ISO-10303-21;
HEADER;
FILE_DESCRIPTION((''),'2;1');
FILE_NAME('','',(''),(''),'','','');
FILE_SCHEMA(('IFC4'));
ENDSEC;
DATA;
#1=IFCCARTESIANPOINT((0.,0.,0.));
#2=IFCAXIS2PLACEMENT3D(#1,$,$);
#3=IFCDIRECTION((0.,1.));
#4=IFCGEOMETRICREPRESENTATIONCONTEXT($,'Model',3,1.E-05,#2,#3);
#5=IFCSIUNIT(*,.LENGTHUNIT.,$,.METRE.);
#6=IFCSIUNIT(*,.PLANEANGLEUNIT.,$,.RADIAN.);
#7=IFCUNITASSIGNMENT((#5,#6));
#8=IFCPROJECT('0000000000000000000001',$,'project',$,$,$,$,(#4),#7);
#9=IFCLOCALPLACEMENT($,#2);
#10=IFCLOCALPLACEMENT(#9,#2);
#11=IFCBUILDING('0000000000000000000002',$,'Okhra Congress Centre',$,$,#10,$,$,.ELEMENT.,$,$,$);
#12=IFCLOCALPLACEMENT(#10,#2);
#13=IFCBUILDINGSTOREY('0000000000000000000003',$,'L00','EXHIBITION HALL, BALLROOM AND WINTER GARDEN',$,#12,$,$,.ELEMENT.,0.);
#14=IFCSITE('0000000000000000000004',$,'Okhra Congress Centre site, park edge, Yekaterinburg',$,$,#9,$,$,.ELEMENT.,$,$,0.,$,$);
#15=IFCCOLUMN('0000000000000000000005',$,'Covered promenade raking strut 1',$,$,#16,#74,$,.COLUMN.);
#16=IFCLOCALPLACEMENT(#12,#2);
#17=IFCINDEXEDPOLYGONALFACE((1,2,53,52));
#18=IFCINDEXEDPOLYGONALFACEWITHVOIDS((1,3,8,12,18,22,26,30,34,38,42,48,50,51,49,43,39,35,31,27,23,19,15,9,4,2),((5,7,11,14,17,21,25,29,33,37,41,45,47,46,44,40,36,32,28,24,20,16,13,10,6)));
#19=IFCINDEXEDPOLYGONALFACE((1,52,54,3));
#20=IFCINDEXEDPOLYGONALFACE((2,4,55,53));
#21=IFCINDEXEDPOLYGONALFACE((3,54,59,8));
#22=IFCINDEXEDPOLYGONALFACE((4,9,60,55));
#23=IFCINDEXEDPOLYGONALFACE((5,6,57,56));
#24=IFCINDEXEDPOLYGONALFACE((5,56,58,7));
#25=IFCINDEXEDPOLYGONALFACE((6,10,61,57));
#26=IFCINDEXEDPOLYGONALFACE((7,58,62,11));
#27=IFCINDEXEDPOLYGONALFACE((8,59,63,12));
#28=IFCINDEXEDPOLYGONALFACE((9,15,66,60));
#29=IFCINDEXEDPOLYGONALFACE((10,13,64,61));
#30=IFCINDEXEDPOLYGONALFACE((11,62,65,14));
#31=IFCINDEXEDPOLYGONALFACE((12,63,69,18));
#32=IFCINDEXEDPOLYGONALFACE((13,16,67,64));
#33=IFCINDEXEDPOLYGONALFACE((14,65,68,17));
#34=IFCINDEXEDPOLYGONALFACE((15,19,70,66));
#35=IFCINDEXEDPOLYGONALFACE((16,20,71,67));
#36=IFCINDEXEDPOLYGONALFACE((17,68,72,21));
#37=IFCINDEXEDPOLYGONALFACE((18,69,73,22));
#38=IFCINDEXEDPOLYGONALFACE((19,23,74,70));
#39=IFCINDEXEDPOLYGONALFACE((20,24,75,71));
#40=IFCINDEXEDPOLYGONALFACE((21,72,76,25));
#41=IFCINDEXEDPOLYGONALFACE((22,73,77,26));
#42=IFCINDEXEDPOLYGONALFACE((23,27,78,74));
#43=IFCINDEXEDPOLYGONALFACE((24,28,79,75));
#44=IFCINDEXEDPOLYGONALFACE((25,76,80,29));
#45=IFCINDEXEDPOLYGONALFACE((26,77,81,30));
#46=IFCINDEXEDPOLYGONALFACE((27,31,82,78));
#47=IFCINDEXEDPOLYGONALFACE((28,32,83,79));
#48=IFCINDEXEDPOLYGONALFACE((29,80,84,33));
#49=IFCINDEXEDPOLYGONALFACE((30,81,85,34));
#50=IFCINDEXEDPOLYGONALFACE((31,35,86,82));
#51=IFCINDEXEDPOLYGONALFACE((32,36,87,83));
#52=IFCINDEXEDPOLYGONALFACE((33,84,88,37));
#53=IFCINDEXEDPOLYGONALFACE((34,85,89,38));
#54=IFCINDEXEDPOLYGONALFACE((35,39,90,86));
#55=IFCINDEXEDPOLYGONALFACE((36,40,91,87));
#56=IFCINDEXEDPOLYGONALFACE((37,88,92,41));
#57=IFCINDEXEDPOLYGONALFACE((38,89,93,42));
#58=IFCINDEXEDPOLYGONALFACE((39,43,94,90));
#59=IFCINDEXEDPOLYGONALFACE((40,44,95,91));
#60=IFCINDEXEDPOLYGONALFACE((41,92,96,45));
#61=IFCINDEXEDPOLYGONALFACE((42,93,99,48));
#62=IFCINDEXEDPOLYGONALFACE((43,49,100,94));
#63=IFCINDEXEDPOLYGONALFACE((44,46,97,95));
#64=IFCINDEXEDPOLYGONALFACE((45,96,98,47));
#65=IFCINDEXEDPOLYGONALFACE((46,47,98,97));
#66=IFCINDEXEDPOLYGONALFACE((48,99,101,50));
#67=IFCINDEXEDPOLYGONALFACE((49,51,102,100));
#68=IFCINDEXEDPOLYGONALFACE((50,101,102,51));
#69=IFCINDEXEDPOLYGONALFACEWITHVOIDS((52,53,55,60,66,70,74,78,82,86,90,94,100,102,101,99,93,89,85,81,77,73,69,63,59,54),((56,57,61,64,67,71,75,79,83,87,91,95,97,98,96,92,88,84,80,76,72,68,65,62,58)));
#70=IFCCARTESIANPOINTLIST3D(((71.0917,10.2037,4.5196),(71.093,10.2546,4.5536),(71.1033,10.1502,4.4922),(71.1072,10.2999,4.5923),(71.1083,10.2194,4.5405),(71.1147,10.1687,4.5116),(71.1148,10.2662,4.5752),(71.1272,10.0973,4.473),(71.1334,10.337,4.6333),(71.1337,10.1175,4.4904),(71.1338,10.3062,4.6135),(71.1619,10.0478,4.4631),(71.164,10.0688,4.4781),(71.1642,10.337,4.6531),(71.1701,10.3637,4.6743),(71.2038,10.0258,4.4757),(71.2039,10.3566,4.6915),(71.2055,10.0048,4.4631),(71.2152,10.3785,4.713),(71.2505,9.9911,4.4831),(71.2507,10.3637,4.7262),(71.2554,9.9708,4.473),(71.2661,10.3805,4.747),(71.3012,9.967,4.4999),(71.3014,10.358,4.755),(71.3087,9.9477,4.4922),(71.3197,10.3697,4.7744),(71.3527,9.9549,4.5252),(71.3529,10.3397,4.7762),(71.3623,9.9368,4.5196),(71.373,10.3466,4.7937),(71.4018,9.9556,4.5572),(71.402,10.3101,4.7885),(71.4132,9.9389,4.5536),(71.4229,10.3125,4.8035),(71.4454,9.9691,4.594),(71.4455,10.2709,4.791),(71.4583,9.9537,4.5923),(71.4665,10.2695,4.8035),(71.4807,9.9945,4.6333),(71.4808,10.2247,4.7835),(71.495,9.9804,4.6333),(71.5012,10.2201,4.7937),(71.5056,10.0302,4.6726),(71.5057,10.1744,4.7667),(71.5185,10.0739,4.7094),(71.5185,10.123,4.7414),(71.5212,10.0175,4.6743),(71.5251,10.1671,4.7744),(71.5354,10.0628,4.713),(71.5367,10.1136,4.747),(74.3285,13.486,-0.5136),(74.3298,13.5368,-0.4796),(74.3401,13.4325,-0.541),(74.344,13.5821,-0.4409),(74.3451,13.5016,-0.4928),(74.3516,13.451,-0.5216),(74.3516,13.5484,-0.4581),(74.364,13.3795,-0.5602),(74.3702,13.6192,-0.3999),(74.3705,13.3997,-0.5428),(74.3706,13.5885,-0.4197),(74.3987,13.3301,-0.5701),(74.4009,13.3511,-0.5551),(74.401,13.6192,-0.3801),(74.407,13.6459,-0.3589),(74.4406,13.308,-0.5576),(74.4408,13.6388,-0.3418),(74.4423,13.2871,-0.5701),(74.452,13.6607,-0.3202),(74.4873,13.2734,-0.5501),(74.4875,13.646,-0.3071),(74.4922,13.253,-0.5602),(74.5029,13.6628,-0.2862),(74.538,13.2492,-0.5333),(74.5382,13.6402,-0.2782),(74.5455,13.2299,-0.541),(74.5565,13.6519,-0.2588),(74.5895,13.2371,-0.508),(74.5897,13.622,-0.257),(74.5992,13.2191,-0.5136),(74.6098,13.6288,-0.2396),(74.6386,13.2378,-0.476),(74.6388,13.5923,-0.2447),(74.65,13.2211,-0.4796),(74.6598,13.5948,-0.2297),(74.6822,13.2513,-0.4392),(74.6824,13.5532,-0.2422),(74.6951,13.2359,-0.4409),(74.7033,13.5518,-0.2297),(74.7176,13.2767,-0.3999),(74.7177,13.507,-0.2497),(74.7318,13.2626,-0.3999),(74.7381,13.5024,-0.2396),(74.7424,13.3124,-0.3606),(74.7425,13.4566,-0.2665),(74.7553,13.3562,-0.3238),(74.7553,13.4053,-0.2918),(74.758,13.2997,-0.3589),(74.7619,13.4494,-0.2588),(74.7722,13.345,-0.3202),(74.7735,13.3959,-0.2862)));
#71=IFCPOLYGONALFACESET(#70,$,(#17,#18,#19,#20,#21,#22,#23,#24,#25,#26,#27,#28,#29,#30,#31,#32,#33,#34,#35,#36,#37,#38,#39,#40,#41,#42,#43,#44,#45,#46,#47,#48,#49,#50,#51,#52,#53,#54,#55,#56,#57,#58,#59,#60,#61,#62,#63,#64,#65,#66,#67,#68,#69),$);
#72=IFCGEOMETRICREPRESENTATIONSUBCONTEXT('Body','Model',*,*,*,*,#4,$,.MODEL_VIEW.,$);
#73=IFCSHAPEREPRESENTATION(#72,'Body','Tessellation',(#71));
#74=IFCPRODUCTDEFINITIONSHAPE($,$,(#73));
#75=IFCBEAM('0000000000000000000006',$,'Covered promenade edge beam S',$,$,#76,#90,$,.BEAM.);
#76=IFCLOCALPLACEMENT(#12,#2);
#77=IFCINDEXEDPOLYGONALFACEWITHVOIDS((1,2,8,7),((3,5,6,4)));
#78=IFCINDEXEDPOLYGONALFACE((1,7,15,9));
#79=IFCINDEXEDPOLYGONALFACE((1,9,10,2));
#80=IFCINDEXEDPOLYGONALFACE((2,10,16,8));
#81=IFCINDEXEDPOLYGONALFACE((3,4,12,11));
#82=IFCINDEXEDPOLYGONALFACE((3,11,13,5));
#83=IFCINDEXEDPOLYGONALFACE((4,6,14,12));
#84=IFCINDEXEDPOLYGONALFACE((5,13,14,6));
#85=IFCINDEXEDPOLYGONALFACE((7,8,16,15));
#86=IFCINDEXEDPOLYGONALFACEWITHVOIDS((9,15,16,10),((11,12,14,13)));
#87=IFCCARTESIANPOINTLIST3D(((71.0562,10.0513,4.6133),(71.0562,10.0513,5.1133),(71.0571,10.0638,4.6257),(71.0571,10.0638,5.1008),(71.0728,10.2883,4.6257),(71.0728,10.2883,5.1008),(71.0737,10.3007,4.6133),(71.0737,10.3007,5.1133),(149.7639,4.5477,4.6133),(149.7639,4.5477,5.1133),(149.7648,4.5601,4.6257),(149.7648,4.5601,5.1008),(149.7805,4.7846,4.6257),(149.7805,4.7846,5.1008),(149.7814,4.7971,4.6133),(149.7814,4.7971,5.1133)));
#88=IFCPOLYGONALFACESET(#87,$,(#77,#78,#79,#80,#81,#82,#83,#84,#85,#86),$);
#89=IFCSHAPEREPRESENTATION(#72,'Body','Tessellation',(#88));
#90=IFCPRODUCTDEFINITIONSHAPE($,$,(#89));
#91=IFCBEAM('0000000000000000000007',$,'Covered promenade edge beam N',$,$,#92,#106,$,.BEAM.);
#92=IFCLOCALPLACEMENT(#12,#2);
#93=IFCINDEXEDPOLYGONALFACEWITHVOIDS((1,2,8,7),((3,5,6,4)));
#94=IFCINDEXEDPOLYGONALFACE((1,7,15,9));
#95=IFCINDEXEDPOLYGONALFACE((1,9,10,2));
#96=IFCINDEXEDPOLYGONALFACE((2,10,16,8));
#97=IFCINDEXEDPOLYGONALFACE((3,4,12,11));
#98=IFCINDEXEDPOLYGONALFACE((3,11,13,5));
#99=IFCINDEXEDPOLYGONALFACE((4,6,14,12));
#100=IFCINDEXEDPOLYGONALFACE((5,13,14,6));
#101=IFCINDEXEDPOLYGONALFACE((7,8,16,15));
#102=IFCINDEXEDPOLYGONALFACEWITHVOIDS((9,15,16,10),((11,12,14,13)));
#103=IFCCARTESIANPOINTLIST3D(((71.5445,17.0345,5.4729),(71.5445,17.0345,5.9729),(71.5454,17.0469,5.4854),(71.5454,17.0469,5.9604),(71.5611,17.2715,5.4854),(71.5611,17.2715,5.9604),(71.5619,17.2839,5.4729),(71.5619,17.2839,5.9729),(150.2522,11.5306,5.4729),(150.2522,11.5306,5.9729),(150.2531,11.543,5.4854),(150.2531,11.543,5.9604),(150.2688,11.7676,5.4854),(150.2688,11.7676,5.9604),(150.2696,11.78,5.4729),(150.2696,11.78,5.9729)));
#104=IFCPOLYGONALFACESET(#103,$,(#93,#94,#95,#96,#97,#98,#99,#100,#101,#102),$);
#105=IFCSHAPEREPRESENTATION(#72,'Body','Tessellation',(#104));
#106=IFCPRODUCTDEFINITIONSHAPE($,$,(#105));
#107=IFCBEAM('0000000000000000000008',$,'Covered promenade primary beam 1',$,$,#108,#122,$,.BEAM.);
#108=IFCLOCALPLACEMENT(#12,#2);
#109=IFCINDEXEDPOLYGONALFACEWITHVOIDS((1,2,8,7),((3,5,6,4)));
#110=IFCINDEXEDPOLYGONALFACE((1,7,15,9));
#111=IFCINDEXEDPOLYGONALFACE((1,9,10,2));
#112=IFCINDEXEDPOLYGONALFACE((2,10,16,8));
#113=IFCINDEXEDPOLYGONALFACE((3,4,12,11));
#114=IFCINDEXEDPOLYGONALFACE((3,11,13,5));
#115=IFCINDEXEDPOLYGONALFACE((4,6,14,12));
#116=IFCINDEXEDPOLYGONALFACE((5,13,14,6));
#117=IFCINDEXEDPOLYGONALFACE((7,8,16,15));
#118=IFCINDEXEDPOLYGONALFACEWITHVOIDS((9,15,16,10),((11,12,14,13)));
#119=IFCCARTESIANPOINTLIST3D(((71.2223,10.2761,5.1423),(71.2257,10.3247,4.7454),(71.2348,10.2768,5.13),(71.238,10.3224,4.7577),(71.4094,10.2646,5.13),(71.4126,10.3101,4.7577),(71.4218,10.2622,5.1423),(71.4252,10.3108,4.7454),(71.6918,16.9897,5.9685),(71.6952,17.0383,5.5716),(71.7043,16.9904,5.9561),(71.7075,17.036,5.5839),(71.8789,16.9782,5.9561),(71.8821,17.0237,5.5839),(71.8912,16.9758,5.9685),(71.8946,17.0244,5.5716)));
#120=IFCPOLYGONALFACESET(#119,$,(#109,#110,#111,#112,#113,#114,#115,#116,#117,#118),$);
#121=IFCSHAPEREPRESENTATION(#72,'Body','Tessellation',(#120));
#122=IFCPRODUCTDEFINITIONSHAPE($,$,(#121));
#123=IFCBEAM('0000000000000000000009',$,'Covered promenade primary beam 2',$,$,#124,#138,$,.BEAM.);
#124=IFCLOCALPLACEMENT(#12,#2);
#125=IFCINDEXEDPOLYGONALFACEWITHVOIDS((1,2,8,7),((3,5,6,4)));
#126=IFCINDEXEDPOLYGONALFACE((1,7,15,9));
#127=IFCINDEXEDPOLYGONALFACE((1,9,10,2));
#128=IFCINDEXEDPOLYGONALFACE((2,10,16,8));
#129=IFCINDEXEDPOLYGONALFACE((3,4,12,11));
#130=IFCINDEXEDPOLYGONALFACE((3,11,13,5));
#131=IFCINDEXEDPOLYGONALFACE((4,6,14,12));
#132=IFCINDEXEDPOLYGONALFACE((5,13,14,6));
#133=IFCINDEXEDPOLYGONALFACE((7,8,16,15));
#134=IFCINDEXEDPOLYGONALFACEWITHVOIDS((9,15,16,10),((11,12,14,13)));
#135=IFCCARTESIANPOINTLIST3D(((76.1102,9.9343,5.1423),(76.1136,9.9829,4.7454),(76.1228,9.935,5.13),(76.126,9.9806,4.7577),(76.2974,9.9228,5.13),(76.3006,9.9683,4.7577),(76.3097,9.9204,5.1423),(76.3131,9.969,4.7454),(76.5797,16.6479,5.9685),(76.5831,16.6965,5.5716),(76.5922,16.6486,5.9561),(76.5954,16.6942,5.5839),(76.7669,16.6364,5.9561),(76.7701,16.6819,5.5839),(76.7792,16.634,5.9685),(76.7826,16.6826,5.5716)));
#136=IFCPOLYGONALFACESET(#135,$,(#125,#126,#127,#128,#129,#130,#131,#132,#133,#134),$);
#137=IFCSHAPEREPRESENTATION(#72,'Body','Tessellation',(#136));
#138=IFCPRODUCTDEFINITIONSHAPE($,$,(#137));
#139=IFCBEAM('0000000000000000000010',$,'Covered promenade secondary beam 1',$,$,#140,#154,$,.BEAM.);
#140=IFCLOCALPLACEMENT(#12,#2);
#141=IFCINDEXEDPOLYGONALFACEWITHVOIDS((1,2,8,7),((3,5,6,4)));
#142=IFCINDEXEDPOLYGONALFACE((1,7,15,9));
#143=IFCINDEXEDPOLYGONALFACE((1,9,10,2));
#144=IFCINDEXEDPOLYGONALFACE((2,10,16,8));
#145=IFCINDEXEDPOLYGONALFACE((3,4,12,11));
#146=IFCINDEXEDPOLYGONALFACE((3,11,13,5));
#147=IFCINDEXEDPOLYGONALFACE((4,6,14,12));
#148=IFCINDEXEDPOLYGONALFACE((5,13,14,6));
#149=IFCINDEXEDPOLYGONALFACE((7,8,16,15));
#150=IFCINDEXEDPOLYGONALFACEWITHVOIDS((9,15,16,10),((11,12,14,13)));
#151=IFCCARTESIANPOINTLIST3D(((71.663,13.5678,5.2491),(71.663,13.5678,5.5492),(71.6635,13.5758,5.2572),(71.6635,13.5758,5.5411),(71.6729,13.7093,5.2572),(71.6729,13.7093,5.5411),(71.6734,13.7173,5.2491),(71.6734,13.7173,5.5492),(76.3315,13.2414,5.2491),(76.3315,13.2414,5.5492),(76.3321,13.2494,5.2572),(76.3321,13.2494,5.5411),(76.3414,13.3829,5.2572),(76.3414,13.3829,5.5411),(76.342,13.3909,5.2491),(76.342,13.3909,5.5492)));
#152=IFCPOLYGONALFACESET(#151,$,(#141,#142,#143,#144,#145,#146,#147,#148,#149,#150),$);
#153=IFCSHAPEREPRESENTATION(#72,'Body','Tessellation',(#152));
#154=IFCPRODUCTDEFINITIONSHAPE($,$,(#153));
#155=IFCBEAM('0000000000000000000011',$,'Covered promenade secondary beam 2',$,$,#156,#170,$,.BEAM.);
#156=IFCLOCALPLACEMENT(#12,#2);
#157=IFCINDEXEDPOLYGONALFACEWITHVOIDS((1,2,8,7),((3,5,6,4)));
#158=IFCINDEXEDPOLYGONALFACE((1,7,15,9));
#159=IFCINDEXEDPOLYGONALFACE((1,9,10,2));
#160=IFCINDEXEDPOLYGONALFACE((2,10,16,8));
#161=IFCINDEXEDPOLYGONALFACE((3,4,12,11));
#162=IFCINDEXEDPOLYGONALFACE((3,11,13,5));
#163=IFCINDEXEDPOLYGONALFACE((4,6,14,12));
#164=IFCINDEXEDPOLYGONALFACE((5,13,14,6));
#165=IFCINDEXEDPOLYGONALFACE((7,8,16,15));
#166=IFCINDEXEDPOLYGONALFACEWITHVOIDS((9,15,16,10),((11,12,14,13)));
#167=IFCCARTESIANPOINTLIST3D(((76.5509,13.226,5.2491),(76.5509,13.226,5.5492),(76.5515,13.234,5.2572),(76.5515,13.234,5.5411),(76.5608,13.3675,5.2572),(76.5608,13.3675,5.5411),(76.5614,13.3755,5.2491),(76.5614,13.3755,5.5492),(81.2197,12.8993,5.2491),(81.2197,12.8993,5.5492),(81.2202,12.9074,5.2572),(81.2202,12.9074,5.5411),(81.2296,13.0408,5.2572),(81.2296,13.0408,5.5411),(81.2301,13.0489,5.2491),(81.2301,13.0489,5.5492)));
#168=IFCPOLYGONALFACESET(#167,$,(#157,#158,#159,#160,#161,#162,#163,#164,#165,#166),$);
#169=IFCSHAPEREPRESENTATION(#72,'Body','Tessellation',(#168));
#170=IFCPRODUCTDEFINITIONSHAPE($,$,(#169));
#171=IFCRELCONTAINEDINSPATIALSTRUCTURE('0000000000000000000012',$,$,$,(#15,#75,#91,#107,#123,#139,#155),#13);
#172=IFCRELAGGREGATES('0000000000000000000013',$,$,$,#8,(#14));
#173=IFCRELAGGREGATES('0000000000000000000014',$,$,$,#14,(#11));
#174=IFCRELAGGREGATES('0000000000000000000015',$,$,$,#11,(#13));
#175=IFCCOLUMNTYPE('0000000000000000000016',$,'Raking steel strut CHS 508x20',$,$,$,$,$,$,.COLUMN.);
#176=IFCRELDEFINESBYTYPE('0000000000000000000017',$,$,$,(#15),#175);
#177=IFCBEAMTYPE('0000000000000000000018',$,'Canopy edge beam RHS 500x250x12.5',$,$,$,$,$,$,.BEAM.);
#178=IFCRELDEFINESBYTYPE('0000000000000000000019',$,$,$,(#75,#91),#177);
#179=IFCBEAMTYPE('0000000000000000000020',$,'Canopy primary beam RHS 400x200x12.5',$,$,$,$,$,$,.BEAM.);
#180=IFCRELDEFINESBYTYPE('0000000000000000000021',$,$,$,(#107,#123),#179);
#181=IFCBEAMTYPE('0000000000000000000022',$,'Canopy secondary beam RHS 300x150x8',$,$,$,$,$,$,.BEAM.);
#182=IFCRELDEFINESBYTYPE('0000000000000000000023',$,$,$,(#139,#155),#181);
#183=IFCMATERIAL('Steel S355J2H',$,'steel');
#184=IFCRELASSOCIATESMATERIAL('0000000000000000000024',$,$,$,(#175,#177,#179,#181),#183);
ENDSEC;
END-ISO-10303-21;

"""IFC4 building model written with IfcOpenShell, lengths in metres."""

from ifc_helpers import new_model, si_unit, direction, frame, origin, origin_2d, place, context, subcontext, project, spatial, hollow_rectangle, hollow_circle, extrude, material, material_profile, profile_set, type_object, element, save


model = new_model("IFC4")

# Units and contexts
model_context = context("Model", 3, precision=1e-05, world=origin(), true_north=direction((0.0, 1.0)))
body_context = subcontext(model_context, "Body", "Model", "MODEL_VIEW")
ifc_project = project(units=[si_unit("LENGTHUNIT", "METRE"), si_unit("PLANEANGLEUNIT", "RADIAN")], contexts=[model_context])

# Site, building, storey
site_placement = place(None, origin())
site = spatial("IfcSite", under=ifc_project, at=site_placement, Name="Okhra Congress Centre site, park edge, Yekaterinburg", CompositionType="ELEMENT", RefElevation=0.0)
building_placement = place(site_placement, origin())
building = spatial("IfcBuilding", under=site, at=building_placement, Name="Okhra Congress Centre", CompositionType="ELEMENT")
storey_placement = place(building_placement, origin())
storey = spatial("IfcBuildingStorey", under=building, at=storey_placement, Name="L00", Description="EXHIBITION HALL, BALLROOM AND WINTER GARDEN", CompositionType="ELEMENT", Elevation=0.0)

# Column
ifc_material_1 = material(Name="Steel S355J2H", Category="steel")
ifc_material_profile_1 = material_profile(ifc_material_1, hollow_circle(Radius=0.2539, WallThickness=0.02, at=origin_2d()), Name="CHS 508x20")
ifc_profile_set_1 = profile_set([ifc_material_profile_1], Name="Steel S355J2H")
column_type = type_object("IfcColumnType", Name="Raking steel strut CHS 508x20", PredefinedType="COLUMN", material=ifc_profile_set_1)
column_placement = place(storey_placement, frame((74.551, 13.4409, -0.3999), z_axis=(-0.474246, -0.480899, 0.737446), x_axis=(0.712015, -0.702164, 0.0)))
element("IfcColumn", 1, at=column_placement, inside=storey, type_object=column_type, Name="Covered promenade raking strut 1", PredefinedType="COLUMN", context=body_context, shape_type="SweptSolid", body=[
    extrude(hollow_circle(Radius=0.2539, WallThickness=0.02, at=origin_2d()), origin(), (0.0, 0.0, 1.0), 6.8252),
])

# Beams
ifc_material_profile_2 = material_profile(ifc_material_1, hollow_rectangle(XDim=0.25, YDim=0.5, WallThickness=0.0125, at=origin_2d()), Name="RHS 500x250x12.5")
ifc_profile_set_2 = profile_set([ifc_material_profile_2], Name="Steel S355J2H")
beam_type_1 = type_object("IfcBeamType", Name="Canopy edge beam RHS 500x250x12.5", PredefinedType="BEAM", material=ifc_profile_set_2)
for number, where, z_axis, x_axis, name in (
    (2, (71.0649, 10.176, 4.8633), (0.997564, -0.069755, 0.0), (0.069755, 0.997564, 0.0), "Covered promenade edge beam S"),
    (3, (71.5532, 17.1592, 5.7229), (0.997564, -0.069758, 0.0), (0.069758, 0.997564, 0.0), "Covered promenade edge beam N"),
):
    element("IfcBeam", number, at=place(storey_placement, frame(where, z_axis=z_axis, x_axis=x_axis)), inside=storey, type_object=beam_type_1, Name=name, PredefinedType="BEAM", context=body_context, shape_type="SweptSolid", body=[
        extrude(hollow_rectangle(XDim=0.25, YDim=0.5, WallThickness=0.0125, at=origin_2d()), origin(), (0.0, 0.0, 1.0), 78.8999),
    ])
ifc_material_profile_3 = material_profile(ifc_material_1, hollow_rectangle(XDim=0.2, YDim=0.3999, WallThickness=0.0125, at=origin_2d()), Name="RHS 400x200x12.5")
ifc_profile_set_3 = profile_set([ifc_material_profile_3], Name="Steel S355J2H")
beam_type_2 = type_object("IfcBeamType", Name="Canopy primary beam RHS 400x200x12.5", PredefinedType="BEAM", material=ifc_profile_set_3)
for number, where, z_axis, x_axis, name in (
    (4, (71.3237, 10.2935, 4.9438), (0.06924, 0.990131, 0.121845), (-0.997564, 0.069759, 0.0), "Covered promenade primary beam 1"),
    (5, (76.2117, 9.9517, 4.9438), (0.06924, 0.990131, 0.121845), (-0.997564, 0.069759, 0.0), "Covered promenade primary beam 2"),
):
    element("IfcBeam", number, at=place(storey_placement, frame(where, z_axis=z_axis, x_axis=x_axis)), inside=storey, type_object=beam_type_2, Name=name, PredefinedType="BEAM", context=body_context, shape_type="SweptSolid", body=[
        extrude(hollow_rectangle(XDim=0.2, YDim=0.3999, WallThickness=0.0125, at=origin_2d()), origin(), (0.0, 0.0, 1.0), 6.7805),
    ])
ifc_material_profile_4 = material_profile(ifc_material_1, hollow_rectangle(XDim=0.1499, YDim=0.3, WallThickness=0.0081, at=origin_2d()), Name="RHS 300x150x8")
ifc_profile_set_4 = profile_set([ifc_material_profile_4], Name="Steel S355J2H")
beam_type_3 = type_object("IfcBeamType", Name="Canopy secondary beam RHS 300x150x8", PredefinedType="BEAM", material=ifc_profile_set_4)
beam_1_placement = place(storey_placement, frame((71.6682, 13.6426, 5.3992), z_axis=(0.997565, -0.069749, 0.0), x_axis=(0.069749, 0.997565, 0.0)))
element("IfcBeam", 6, at=beam_1_placement, inside=storey, type_object=beam_type_3, Name="Covered promenade secondary beam 1", PredefinedType="BEAM", context=body_context, shape_type="SweptSolid", body=[
    extrude(hollow_rectangle(XDim=0.1499, YDim=0.3, WallThickness=0.0081, at=origin_2d()), origin(), (0.0, 0.0, 1.0), 4.6799),
])
beam_2_placement = place(storey_placement, frame((76.5562, 13.3008, 5.3992), z_axis=(0.997561, -0.069797, 0.0), x_axis=(0.069797, 0.997561, 0.0)))
element("IfcBeam", 7, at=beam_2_placement, inside=storey, type_object=beam_type_3, Name="Covered promenade secondary beam 2", PredefinedType="BEAM", context=body_context, shape_type="SweptSolid", body=[
    extrude(hollow_rectangle(XDim=0.1499, YDim=0.3, WallThickness=0.0081, at=origin_2d()), origin(), (0.0, 0.0, 1.0), 4.6802),
])

save(model, "model.ifc")
